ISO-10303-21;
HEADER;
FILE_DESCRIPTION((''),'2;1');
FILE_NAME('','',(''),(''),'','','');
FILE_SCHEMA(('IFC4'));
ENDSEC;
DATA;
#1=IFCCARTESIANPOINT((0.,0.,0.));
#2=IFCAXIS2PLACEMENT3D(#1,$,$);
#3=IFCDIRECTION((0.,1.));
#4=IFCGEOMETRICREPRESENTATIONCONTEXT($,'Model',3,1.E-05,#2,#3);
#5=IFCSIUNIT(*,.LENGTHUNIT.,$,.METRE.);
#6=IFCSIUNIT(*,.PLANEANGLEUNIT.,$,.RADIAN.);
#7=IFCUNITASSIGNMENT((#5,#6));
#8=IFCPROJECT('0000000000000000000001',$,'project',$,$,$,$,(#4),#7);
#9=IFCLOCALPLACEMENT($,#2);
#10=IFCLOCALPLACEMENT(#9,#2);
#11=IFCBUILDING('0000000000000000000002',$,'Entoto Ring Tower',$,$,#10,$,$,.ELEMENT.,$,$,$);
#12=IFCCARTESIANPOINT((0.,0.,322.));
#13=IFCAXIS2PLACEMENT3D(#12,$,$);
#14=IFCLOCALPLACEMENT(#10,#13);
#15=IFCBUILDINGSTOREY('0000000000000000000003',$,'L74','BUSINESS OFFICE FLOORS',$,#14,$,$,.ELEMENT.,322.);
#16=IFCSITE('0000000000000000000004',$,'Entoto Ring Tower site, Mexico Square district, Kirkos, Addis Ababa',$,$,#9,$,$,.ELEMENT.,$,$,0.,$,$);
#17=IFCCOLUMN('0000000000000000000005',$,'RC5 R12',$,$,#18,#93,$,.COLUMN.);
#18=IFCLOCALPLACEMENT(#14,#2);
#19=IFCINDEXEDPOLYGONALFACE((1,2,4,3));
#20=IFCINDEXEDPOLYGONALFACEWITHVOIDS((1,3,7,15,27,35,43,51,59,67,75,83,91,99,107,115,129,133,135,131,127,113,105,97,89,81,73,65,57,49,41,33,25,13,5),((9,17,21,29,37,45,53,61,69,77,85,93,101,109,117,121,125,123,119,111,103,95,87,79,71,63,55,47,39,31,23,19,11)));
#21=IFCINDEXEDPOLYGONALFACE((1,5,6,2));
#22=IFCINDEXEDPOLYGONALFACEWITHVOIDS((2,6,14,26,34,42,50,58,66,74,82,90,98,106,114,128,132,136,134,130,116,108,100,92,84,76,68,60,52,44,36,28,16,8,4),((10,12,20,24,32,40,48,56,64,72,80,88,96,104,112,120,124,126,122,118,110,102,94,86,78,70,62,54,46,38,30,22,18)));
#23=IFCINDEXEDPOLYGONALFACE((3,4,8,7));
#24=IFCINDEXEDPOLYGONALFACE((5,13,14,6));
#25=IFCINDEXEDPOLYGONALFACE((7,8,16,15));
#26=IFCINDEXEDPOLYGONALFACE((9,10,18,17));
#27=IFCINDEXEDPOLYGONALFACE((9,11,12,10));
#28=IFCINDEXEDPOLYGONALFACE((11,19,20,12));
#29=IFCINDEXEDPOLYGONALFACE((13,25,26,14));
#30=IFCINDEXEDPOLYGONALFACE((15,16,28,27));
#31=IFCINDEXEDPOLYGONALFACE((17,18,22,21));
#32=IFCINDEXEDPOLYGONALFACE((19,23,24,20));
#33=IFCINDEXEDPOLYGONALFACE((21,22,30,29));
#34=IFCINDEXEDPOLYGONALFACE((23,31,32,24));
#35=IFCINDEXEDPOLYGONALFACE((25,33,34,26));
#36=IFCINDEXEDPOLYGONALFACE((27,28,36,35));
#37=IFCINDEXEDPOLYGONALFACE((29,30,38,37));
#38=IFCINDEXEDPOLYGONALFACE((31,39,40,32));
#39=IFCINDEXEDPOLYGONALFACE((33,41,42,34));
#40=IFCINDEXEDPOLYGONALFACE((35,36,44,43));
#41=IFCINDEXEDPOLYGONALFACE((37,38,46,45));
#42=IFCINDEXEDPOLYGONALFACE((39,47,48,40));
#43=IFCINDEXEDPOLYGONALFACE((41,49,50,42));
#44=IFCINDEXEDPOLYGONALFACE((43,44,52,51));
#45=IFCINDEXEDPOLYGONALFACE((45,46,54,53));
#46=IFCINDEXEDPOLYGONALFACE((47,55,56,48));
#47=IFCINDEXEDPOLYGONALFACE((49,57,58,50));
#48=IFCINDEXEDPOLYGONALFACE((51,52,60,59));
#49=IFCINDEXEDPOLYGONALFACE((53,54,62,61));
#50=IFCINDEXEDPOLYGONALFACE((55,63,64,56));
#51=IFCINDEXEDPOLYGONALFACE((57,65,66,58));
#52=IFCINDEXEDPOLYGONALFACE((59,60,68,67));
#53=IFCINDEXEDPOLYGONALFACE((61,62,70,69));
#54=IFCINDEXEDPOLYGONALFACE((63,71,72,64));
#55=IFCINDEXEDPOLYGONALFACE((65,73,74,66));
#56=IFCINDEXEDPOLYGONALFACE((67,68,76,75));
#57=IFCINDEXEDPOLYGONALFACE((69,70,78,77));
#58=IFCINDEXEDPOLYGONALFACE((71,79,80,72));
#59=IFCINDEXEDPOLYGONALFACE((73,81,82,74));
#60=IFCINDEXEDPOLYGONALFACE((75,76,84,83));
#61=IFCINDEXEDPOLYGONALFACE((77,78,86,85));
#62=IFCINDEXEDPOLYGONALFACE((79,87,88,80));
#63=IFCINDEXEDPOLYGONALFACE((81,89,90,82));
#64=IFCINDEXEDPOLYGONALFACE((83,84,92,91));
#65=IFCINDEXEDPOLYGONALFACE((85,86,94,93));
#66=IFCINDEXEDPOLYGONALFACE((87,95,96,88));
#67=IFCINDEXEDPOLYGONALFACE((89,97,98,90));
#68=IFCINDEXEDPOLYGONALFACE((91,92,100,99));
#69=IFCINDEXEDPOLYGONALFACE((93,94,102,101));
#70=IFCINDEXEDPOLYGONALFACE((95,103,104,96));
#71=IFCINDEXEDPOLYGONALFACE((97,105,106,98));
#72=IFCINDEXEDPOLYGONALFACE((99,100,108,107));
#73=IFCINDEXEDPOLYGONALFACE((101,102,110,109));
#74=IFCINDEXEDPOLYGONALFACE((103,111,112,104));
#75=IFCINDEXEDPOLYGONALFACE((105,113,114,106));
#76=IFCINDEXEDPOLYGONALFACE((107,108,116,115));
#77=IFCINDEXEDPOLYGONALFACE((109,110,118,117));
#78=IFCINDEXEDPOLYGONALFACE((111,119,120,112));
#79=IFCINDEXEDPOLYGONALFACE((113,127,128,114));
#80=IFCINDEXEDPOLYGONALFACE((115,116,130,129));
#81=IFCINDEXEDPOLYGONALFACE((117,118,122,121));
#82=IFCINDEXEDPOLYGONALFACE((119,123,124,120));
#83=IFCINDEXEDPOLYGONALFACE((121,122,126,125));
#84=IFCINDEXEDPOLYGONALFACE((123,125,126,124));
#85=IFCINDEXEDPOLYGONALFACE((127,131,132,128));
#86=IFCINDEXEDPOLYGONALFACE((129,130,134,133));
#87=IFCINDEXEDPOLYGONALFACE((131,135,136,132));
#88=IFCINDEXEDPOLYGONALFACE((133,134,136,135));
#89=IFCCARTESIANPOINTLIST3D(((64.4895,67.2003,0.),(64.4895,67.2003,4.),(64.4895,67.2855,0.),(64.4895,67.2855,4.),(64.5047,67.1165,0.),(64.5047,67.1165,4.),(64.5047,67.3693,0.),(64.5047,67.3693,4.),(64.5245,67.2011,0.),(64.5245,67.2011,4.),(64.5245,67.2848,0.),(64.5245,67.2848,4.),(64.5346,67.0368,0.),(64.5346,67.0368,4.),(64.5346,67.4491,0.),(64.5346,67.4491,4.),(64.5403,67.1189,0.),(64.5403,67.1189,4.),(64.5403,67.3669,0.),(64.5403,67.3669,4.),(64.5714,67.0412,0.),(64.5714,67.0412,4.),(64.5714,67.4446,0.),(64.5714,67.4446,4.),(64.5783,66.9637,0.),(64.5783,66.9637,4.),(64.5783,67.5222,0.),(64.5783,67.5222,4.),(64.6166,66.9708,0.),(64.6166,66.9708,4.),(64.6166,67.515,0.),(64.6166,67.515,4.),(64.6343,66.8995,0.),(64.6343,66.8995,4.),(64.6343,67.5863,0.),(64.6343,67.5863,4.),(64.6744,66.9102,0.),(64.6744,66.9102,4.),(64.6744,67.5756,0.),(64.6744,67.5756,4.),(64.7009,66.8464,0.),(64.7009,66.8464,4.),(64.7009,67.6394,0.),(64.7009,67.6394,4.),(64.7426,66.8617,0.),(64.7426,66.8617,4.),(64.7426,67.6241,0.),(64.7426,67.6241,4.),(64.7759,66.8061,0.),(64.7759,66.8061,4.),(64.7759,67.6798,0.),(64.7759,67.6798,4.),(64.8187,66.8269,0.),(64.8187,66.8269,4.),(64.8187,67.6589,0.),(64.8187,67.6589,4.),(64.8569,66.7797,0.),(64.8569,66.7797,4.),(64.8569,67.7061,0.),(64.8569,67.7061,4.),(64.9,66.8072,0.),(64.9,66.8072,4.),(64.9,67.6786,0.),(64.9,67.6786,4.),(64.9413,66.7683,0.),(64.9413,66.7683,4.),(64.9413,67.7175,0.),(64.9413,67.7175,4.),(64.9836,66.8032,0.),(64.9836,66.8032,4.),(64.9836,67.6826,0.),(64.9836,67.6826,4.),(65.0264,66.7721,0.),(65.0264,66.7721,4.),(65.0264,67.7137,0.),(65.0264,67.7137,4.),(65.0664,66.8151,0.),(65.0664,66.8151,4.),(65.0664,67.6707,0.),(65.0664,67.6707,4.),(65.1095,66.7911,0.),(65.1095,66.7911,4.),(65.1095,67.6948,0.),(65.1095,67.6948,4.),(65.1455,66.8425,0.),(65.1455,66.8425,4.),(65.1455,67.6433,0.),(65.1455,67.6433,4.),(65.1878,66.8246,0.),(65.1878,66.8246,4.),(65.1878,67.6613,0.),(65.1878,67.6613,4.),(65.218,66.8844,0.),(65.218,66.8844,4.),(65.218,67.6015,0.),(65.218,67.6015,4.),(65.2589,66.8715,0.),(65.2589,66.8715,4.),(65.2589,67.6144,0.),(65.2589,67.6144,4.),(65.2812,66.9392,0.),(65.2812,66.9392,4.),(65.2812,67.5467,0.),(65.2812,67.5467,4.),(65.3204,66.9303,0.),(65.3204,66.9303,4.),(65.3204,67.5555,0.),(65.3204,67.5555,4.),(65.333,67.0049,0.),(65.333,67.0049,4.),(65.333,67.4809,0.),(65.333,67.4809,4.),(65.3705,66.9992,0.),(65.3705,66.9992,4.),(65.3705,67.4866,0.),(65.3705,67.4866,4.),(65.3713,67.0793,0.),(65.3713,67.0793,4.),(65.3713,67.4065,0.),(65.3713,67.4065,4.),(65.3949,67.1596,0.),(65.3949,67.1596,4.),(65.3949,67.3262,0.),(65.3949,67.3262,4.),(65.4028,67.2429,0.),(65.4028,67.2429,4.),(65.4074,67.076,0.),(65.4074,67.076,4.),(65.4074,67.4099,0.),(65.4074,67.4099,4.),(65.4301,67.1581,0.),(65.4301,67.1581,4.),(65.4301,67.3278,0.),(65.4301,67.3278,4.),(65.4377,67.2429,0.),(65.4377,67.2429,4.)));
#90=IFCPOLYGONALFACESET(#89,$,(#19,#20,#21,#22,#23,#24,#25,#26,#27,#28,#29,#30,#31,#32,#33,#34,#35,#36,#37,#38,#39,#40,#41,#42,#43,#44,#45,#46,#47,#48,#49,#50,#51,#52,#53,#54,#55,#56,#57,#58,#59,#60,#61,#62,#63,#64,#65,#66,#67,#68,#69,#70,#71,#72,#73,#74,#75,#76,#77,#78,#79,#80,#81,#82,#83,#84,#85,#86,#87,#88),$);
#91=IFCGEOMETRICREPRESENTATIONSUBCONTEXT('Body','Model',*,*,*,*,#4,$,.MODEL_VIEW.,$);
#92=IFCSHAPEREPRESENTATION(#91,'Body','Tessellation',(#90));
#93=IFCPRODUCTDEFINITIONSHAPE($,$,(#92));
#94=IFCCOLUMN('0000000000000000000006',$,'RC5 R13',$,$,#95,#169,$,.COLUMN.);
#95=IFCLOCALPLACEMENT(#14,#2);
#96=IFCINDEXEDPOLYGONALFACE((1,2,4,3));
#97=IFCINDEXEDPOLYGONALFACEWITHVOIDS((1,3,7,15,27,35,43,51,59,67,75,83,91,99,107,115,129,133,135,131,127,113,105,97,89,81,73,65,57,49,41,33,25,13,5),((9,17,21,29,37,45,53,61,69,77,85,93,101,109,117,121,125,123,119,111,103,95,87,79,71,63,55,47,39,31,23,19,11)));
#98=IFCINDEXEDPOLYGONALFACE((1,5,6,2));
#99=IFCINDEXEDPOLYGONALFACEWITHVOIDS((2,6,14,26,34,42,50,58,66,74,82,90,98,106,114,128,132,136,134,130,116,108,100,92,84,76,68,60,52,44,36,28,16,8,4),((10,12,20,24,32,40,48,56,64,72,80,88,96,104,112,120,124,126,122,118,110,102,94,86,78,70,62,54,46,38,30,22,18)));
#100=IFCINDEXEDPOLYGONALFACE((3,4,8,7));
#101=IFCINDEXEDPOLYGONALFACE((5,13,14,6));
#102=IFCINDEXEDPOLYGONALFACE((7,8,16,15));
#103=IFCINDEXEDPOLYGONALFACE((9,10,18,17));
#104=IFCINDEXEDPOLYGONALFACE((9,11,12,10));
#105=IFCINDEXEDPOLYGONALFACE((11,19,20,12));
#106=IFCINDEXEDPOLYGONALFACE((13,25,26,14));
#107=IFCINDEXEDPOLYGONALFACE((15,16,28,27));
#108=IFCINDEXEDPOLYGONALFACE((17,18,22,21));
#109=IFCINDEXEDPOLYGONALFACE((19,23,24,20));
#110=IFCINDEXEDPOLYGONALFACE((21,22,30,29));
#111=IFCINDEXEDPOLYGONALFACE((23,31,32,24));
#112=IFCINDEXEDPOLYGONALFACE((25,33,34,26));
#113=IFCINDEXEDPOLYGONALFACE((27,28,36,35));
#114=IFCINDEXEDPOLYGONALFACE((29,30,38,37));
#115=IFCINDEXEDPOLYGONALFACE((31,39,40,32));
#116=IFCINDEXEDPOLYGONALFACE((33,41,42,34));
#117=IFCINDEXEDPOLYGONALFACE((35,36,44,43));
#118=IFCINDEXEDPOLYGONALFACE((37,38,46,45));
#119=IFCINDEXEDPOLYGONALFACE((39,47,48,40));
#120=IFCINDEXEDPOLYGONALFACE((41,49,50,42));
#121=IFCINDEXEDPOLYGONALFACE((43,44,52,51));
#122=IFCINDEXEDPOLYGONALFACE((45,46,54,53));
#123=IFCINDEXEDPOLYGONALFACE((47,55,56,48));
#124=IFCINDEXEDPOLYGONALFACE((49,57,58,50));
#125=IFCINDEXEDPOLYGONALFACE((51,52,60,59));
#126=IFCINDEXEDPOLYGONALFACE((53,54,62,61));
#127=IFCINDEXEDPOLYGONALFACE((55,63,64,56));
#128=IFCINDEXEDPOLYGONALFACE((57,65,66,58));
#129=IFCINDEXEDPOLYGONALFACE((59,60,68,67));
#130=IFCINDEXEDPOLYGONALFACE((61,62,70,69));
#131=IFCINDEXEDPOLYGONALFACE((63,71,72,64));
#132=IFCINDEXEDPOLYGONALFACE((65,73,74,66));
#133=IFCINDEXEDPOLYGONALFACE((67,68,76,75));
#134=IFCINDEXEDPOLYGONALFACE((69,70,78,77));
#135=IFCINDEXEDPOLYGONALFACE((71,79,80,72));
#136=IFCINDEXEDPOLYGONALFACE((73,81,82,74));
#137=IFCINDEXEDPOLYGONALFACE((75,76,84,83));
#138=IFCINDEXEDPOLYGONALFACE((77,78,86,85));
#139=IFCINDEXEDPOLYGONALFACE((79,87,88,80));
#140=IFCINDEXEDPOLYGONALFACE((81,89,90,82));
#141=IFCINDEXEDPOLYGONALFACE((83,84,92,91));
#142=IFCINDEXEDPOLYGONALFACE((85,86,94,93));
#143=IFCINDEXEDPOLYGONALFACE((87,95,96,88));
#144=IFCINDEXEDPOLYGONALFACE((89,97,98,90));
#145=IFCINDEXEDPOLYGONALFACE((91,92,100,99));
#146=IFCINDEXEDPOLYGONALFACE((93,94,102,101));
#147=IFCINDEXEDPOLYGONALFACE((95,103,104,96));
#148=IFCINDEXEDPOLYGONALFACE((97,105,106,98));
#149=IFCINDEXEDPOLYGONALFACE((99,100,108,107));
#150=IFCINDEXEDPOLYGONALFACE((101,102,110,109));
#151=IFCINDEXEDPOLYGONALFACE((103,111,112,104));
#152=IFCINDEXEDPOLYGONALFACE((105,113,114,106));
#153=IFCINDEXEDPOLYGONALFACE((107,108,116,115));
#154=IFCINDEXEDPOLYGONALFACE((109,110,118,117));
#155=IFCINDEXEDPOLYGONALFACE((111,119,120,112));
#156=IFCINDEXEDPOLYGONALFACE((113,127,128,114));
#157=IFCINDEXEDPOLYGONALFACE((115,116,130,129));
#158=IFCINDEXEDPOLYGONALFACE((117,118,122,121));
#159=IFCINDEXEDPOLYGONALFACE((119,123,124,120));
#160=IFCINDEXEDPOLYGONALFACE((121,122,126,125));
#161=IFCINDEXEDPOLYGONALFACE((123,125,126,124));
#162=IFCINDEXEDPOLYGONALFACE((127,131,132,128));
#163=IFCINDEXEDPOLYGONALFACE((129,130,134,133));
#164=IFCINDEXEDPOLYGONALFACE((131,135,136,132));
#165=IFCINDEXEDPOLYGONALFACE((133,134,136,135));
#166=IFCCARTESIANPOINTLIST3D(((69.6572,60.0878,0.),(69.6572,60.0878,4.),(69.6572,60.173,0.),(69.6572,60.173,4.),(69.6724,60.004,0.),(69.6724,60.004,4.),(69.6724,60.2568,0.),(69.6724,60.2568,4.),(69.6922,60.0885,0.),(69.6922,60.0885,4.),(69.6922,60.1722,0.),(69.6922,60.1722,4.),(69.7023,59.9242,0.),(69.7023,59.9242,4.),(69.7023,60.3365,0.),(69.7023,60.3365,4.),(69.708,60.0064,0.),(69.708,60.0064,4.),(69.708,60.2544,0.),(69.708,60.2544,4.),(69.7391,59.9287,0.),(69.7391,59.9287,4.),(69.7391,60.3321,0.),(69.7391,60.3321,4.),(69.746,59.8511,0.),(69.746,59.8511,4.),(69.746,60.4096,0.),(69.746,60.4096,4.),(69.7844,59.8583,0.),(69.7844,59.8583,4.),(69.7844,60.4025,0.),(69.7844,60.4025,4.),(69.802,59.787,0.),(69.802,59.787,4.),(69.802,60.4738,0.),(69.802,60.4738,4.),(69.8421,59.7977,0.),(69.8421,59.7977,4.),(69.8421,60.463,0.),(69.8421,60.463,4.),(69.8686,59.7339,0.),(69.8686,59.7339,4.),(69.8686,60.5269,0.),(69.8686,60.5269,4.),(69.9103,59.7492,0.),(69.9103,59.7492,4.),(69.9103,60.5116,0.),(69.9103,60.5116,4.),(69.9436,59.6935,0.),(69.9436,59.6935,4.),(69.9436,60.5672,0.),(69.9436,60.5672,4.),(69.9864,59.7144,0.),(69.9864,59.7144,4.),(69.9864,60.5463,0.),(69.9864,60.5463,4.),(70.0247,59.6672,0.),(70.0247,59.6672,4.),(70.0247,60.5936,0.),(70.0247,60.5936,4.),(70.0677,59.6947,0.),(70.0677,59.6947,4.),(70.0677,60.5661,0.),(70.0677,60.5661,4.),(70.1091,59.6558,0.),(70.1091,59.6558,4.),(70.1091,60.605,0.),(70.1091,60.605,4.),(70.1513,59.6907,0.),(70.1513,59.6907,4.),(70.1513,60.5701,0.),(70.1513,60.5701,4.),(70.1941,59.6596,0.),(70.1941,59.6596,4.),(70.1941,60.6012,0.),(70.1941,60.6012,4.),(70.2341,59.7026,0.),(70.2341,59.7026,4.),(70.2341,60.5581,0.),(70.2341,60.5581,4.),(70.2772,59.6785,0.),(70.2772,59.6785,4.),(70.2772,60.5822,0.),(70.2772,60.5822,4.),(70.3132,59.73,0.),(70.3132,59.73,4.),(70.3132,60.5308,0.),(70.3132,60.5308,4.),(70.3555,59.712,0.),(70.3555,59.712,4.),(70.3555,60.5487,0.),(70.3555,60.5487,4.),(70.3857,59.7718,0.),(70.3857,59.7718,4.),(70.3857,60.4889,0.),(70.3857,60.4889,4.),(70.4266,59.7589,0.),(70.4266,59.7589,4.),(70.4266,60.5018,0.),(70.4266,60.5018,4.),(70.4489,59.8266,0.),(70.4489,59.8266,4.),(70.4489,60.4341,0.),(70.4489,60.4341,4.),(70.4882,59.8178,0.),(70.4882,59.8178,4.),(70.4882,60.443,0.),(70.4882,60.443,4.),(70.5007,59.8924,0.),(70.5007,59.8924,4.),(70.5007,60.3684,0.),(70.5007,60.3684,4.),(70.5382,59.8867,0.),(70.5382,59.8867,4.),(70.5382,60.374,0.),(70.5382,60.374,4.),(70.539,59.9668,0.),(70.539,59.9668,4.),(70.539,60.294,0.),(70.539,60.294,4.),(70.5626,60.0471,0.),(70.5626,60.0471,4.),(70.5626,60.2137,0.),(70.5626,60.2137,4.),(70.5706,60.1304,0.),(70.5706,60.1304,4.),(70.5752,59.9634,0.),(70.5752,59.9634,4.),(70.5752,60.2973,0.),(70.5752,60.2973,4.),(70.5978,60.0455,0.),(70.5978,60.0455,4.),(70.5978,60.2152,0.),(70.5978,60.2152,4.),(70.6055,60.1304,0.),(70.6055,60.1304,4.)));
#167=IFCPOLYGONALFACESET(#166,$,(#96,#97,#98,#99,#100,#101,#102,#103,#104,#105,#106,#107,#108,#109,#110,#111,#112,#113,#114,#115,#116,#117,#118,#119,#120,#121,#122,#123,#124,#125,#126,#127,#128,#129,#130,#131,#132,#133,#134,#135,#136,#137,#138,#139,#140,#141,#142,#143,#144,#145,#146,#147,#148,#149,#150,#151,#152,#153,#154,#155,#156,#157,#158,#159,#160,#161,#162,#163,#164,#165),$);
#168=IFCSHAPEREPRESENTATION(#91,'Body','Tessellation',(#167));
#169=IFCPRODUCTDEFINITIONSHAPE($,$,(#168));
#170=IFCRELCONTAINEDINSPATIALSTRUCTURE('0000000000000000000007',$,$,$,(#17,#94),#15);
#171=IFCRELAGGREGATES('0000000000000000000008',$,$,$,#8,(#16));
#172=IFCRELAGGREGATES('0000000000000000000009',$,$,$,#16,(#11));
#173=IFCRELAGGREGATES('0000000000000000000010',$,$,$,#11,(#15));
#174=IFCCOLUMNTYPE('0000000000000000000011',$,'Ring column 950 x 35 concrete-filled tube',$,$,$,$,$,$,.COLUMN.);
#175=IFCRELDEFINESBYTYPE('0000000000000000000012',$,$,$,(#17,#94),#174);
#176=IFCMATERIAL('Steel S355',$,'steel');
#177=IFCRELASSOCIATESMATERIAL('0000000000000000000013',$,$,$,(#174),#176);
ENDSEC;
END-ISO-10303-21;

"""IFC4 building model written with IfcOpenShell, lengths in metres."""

from ifc_helpers import new_model, si_unit, direction, frame, origin, origin_2d, place, context, subcontext, project, spatial, circle, hollow_circle, extrude, material, material_profile, profile_set, type_object, element, save


model = new_model("IFC4")

# Units and contexts
model_context = context("Model", 3, precision=1e-05, world=origin(), true_north=direction((0.0, 1.0)))
body_context = subcontext(model_context, "Body", "Model", "MODEL_VIEW")
ifc_project = project(units=[si_unit("LENGTHUNIT", "METRE"), si_unit("PLANEANGLEUNIT", "RADIAN")], contexts=[model_context])

# Site, building, storey
site_placement = place(None, origin())
site = spatial("IfcSite", under=ifc_project, at=site_placement, Name="Entoto Ring Tower site, Mexico Square district, Kirkos, Addis Ababa", CompositionType="ELEMENT", RefElevation=0.0)
building_placement = place(site_placement, origin())
building = spatial("IfcBuilding", under=site, at=building_placement, Name="Entoto Ring Tower", CompositionType="ELEMENT")
storey_placement = place(building_placement, frame((0.0, 0.0, 322.0)))
storey = spatial("IfcBuildingStorey", under=building, at=storey_placement, Name="L74", Description="BUSINESS OFFICE FLOORS", CompositionType="ELEMENT", Elevation=322.0)

# Columns
ifc_material_1 = material(Name="Steel S355", Category="steel")
ifc_material_profile_1 = material_profile(ifc_material_1, hollow_circle(Radius=0.4751, WallThickness=0.0349, at=origin_2d()), Name="CHS 950 x 35")
ifc_material_2 = material(Name="Concrete C60/75", Category="concrete")
ifc_material_profile_2 = material_profile(ifc_material_2, circle(Radius=0.4399, at=origin_2d()), Name="Concrete C60/75 infill")
ifc_profile_set_1 = profile_set([ifc_material_profile_1, ifc_material_profile_2], Name="Steel S355")
column_type = type_object("IfcColumnType", Name="Ring column 950 x 35 concrete-filled tube", PredefinedType="COLUMN", material=ifc_profile_set_1)
for number, where, z_axis, x_axis, name in (
    (1, (64.9626, 67.2429, 0.0), (0.0, 0.0, 1.0), (1.0, 0.0, 0.0), "RC5 R12"),
    (2, (70.1304, 60.1304, 0.0), (0.0, 0.0, 1.0), (1.0, 0.0, 0.0), "RC5 R13"),
):
    element("IfcColumn", number, at=place(storey_placement, frame(where, z_axis=z_axis, x_axis=x_axis)), inside=storey, type_object=column_type, Name=name, PredefinedType="COLUMN", context=body_context, shape_type="SweptSolid", body=[
        extrude(hollow_circle(Radius=0.4751, WallThickness=0.0349, at=origin_2d()), origin(), (0.0, 0.0, 1.0), 4.0),
    ])

save(model, "model.ifc")
